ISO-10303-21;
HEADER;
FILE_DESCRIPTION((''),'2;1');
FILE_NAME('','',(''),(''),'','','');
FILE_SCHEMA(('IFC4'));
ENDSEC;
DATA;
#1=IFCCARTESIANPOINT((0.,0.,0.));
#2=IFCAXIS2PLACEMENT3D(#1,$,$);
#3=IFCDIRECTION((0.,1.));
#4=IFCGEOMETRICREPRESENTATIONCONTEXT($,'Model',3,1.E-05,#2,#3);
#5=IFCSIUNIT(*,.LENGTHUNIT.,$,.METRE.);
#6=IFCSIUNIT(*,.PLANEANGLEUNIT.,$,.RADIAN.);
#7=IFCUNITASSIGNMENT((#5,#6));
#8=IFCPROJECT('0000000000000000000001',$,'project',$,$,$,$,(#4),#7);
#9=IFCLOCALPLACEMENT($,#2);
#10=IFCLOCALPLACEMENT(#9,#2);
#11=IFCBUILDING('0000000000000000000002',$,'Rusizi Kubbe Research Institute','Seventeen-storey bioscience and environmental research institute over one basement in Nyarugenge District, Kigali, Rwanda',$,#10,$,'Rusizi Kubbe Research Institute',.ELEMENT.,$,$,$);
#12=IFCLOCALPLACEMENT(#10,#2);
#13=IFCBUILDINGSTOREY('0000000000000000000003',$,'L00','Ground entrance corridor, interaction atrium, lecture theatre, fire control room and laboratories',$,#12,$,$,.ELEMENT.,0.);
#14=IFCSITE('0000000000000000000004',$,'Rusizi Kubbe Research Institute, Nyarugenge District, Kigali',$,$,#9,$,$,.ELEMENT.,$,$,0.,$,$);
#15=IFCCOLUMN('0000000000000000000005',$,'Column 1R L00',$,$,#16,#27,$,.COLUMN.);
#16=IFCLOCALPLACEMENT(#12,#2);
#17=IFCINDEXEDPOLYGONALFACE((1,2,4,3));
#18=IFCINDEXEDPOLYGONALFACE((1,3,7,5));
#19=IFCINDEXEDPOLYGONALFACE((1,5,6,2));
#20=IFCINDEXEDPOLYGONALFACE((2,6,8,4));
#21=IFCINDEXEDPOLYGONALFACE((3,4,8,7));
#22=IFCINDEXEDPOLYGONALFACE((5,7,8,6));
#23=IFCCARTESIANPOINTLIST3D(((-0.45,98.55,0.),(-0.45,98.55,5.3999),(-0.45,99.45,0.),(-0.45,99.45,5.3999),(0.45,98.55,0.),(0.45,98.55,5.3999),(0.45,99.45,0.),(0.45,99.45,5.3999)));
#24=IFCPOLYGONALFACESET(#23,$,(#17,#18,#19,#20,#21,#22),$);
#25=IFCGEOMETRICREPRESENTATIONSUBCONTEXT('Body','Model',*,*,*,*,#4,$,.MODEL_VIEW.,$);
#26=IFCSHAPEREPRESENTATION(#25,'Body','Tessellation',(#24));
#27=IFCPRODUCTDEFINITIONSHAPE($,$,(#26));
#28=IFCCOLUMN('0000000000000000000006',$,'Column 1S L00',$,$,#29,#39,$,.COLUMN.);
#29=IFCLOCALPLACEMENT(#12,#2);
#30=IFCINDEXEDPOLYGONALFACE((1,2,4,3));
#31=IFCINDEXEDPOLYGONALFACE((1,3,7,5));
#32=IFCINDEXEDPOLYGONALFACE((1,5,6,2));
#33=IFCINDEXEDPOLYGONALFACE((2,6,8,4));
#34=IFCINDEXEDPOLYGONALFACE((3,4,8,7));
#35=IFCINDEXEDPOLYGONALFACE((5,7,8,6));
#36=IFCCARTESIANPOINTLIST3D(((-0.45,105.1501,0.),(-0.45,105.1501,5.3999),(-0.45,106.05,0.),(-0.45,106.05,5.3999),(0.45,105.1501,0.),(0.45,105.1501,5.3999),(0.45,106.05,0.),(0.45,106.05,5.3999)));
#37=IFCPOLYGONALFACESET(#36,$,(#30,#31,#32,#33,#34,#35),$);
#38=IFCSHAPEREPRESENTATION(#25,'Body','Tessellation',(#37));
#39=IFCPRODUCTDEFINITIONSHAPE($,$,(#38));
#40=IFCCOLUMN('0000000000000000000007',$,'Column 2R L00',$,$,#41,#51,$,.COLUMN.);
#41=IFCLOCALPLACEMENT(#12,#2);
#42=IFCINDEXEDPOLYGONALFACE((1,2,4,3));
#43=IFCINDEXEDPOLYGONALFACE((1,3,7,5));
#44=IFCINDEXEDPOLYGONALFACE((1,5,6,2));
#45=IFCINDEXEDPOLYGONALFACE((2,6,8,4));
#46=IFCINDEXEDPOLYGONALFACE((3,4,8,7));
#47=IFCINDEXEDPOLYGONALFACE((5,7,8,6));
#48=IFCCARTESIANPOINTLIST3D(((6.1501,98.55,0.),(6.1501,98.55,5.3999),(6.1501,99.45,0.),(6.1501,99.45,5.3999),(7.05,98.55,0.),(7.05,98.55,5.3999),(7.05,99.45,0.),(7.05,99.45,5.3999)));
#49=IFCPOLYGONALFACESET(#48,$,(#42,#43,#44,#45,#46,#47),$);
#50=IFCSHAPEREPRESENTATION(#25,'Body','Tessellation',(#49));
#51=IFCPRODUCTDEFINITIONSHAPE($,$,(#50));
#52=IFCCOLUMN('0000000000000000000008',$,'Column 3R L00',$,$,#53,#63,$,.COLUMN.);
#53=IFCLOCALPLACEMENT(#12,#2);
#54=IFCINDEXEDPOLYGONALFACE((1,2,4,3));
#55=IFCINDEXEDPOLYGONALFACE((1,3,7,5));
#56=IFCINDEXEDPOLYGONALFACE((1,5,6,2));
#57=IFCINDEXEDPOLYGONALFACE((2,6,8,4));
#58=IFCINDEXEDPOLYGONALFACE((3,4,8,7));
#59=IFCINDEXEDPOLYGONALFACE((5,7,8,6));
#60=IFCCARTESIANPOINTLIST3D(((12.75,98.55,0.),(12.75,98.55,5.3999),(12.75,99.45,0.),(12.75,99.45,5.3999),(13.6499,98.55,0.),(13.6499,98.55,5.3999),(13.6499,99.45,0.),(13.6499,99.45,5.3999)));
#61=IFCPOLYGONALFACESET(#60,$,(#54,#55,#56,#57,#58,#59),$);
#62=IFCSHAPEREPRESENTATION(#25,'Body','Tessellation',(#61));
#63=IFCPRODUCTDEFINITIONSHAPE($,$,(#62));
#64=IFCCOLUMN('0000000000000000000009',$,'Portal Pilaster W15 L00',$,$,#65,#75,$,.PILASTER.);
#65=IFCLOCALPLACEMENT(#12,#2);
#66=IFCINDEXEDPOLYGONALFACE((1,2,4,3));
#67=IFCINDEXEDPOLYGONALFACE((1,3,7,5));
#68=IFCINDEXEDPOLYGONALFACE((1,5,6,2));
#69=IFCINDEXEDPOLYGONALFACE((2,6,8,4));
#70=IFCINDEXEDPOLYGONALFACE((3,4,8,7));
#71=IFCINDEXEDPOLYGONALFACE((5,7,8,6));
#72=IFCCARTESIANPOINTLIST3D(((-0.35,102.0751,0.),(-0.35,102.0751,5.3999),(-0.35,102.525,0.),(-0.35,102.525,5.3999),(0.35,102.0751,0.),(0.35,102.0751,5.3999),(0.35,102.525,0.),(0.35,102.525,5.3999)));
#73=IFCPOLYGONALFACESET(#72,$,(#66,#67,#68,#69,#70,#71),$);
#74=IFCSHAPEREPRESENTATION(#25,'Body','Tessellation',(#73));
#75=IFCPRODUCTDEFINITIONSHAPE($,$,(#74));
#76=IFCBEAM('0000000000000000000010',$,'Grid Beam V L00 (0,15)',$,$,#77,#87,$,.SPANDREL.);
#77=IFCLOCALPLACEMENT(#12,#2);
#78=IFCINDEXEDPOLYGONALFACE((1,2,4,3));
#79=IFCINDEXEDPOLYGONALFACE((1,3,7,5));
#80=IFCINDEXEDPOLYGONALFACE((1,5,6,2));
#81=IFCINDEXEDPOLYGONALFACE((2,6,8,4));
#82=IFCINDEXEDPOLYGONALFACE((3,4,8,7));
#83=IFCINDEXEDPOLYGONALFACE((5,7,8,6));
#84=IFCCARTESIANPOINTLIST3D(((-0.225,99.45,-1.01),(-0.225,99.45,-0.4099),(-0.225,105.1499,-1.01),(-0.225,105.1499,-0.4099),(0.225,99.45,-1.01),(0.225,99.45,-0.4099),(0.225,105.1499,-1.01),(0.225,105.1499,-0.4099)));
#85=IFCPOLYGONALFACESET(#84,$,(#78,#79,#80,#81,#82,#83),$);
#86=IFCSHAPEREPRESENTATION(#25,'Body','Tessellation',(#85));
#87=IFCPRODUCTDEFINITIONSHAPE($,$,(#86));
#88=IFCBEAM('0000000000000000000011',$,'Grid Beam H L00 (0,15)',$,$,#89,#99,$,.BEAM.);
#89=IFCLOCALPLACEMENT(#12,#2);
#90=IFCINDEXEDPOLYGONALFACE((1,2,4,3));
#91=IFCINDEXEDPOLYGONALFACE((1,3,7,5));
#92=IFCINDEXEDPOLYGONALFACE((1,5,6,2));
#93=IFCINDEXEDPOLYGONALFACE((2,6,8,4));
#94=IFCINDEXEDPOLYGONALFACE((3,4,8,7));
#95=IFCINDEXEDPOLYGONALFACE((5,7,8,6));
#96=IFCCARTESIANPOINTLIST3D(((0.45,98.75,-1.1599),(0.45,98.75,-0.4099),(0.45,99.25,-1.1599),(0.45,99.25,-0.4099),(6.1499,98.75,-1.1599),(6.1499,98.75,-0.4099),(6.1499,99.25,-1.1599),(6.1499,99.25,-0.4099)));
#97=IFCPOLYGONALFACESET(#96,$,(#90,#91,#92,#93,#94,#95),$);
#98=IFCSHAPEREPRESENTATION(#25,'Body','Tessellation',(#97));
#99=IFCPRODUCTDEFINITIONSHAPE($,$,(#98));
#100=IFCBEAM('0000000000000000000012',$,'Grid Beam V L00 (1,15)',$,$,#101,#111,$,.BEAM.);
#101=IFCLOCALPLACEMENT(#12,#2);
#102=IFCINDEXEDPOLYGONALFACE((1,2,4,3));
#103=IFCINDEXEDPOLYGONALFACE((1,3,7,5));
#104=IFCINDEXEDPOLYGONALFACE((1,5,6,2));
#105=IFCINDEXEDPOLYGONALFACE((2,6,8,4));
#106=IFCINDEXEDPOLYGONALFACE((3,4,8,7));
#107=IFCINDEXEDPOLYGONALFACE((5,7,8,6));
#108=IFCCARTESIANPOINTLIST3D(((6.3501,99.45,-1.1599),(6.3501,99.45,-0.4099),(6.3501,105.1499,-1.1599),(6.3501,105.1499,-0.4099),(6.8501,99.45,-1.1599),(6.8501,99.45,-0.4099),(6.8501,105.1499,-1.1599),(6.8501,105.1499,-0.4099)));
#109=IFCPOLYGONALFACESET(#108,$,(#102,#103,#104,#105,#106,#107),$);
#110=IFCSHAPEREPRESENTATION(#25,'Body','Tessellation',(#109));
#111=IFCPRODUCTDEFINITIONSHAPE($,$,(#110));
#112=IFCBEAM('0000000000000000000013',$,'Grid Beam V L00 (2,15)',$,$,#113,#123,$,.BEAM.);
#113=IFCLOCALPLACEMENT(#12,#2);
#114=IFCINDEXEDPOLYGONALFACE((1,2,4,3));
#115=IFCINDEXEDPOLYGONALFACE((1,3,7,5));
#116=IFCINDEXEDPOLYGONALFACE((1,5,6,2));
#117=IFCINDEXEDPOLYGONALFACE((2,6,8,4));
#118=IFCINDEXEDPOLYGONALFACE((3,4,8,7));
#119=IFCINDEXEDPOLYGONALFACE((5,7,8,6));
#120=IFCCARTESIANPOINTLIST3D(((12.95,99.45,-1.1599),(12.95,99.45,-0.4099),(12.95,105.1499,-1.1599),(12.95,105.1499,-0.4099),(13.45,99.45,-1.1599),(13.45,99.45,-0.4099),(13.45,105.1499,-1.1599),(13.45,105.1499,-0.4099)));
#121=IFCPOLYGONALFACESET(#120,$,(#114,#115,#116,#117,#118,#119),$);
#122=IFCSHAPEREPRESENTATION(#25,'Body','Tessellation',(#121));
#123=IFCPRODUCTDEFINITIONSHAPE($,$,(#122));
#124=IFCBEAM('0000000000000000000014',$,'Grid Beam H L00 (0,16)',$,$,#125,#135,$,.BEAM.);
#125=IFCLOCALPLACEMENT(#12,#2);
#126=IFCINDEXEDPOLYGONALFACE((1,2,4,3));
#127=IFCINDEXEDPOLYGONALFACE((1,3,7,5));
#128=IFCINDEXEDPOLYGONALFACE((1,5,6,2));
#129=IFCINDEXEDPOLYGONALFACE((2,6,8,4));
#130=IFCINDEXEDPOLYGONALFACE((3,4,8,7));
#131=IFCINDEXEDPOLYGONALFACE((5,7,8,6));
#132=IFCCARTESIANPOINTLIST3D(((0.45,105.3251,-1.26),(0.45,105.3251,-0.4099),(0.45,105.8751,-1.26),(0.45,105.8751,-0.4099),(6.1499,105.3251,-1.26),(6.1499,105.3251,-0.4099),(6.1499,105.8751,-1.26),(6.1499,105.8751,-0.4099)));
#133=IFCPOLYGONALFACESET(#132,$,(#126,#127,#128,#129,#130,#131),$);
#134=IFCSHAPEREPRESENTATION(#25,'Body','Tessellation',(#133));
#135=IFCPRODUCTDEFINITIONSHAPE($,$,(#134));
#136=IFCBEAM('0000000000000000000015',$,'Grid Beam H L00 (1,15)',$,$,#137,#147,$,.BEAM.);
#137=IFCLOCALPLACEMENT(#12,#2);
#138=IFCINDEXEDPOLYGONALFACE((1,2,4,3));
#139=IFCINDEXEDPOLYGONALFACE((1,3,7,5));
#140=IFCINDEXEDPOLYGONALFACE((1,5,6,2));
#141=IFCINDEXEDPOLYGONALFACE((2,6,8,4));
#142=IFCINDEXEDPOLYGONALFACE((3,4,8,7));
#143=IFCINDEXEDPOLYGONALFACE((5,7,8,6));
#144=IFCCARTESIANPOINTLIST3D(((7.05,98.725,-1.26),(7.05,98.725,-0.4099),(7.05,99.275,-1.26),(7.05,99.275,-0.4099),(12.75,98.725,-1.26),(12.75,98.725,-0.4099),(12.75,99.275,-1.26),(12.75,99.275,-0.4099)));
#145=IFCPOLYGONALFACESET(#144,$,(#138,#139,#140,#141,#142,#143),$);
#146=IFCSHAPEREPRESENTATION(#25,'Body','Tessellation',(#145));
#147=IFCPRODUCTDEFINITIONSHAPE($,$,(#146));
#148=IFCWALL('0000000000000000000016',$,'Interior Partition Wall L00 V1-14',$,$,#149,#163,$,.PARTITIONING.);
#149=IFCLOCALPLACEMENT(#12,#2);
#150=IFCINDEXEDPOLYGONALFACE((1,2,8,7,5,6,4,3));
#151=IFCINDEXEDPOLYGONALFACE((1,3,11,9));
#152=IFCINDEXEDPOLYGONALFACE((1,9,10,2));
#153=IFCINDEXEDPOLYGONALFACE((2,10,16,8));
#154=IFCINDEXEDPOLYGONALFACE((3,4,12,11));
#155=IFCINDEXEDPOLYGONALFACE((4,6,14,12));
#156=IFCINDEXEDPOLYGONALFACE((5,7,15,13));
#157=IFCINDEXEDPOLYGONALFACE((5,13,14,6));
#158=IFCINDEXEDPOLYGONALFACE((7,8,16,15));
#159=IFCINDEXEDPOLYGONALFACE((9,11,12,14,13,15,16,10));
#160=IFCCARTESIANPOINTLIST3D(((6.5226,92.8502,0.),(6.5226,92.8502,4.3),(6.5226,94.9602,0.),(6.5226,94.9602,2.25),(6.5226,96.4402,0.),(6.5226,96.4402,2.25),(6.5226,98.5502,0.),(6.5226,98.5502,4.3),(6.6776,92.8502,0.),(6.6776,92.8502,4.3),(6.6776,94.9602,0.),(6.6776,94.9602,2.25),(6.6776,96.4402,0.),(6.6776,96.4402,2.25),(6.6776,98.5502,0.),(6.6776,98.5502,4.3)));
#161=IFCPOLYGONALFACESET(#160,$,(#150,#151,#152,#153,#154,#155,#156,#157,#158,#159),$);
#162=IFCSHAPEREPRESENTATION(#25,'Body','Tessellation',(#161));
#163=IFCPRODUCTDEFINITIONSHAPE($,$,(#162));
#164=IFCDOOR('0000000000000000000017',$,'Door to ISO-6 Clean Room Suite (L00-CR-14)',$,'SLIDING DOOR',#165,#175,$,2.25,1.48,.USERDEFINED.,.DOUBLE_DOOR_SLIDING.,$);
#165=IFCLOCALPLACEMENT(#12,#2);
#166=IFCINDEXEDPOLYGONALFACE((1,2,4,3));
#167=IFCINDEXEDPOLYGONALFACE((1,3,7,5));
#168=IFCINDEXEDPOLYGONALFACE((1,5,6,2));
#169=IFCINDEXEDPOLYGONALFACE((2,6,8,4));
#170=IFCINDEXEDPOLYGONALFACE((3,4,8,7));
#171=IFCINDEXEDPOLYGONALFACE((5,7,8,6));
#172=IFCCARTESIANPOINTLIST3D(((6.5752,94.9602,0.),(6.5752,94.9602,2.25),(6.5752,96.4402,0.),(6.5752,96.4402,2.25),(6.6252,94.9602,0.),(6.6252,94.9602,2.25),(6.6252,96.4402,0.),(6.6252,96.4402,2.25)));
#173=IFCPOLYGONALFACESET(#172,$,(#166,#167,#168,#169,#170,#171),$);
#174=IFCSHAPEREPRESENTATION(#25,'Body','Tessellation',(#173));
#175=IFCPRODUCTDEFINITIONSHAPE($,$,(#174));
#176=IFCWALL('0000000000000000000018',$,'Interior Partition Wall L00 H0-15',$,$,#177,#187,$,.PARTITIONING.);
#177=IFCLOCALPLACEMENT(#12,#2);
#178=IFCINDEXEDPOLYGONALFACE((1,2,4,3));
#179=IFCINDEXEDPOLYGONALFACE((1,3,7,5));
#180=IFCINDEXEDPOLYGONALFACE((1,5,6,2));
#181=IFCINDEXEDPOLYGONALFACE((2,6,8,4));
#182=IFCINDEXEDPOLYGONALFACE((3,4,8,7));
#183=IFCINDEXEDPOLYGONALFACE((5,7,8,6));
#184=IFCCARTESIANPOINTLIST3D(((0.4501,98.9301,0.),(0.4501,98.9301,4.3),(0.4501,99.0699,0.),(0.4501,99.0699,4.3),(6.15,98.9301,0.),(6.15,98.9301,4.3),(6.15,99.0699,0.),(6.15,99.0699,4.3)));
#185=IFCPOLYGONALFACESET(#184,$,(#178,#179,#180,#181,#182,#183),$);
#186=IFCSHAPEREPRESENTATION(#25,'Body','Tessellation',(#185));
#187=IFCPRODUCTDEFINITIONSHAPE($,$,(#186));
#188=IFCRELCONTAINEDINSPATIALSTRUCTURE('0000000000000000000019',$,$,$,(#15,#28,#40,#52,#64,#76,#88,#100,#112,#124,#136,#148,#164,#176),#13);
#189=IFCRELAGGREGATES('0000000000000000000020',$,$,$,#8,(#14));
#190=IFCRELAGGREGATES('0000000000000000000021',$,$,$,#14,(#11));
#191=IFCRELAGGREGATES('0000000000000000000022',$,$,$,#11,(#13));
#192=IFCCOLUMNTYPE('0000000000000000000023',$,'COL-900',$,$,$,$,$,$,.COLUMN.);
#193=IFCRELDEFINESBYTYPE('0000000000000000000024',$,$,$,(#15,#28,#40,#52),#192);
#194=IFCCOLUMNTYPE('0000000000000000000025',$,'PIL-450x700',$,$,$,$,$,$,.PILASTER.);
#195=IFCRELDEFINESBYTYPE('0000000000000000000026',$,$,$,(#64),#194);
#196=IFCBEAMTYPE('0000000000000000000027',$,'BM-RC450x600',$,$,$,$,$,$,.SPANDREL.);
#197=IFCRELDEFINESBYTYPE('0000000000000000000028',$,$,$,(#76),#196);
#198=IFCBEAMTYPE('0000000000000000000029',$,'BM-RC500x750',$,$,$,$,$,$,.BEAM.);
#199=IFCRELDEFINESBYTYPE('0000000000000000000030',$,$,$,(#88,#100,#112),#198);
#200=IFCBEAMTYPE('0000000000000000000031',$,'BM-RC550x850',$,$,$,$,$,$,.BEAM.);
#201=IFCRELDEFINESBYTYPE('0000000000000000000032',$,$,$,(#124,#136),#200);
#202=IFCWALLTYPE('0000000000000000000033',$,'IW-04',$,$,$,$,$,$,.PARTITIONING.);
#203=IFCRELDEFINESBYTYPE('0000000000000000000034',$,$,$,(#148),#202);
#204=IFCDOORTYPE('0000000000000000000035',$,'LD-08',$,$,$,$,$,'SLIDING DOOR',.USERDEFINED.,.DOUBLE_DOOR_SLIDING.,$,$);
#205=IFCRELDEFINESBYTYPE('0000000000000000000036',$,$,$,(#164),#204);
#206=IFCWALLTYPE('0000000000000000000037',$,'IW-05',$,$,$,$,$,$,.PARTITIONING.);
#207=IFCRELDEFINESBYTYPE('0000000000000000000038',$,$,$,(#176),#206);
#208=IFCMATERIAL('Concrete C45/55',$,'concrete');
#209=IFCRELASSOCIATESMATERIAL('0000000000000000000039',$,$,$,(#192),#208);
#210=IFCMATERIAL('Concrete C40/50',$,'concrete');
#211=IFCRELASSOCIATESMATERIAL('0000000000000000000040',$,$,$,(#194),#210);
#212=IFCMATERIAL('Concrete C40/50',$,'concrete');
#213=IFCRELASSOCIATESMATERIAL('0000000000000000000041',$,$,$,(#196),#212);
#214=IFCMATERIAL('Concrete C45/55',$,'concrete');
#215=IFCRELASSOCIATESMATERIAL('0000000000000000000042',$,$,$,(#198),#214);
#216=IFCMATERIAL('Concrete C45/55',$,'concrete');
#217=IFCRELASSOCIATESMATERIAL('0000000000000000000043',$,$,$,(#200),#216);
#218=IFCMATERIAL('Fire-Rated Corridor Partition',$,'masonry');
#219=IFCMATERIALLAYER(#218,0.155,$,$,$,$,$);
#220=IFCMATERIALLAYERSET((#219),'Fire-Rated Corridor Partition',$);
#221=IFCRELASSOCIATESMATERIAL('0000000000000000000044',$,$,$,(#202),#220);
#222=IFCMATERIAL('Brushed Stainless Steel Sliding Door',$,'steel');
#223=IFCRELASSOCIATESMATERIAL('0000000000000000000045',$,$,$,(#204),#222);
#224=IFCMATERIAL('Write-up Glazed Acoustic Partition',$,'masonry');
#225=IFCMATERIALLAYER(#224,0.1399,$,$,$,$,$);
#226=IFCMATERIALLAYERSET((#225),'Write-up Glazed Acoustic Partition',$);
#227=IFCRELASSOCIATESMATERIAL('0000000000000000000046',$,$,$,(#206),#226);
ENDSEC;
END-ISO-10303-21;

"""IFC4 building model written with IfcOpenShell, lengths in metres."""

from ifc_helpers import new_model, si_unit, direction, frame, frame_2d, origin, origin_2d, place, context, subcontext, project, spatial, rectangle, extrude, material, layer, layer_set, material_profile, profile_set, type_object, element, fill, save


model = new_model("IFC4")

# Units and contexts
model_context = context("Model", 3, precision=1e-05, world=origin(), true_north=direction((0.0, 1.0)))
body_context = subcontext(model_context, "Body", "Model", "MODEL_VIEW")
ifc_project = project(units=[si_unit("LENGTHUNIT", "METRE"), si_unit("PLANEANGLEUNIT", "RADIAN")], contexts=[model_context])

# Site, building, storey
site_placement = place(None, origin())
site = spatial("IfcSite", under=ifc_project, at=site_placement, Name="Rusizi Kubbe Research Institute, Nyarugenge District, Kigali", CompositionType="ELEMENT", RefElevation=0.0)
building_placement = place(site_placement, origin())
building = spatial("IfcBuilding", under=site, at=building_placement, Name="Rusizi Kubbe Research Institute", Description="Seventeen-storey bioscience and environmental research institute over one basement in Nyarugenge District, Kigali, Rwanda", LongName="Rusizi Kubbe Research Institute", CompositionType="ELEMENT")
storey_placement = place(building_placement, origin())
storey = spatial("IfcBuildingStorey", under=building, at=storey_placement, Name="L00", Description="Ground entrance corridor, interaction atrium, lecture theatre, fire control room and laboratories", CompositionType="ELEMENT", Elevation=0.0)

# Columns
ifc_material_1 = material(Name="Concrete C45/55", Category="concrete")
ifc_material_profile_1 = material_profile(ifc_material_1, rectangle(XDim=0.8999, YDim=0.8999, at=origin_2d()), Name="RC900x900")
ifc_profile_set_1 = profile_set([ifc_material_profile_1], Name="Concrete C45/55")
column_type_1 = type_object("IfcColumnType", Name="COL-900", PredefinedType="COLUMN", material=ifc_profile_set_1)
for number, where, z_axis, x_axis, name in (
    (1, (0.0, 99.0, 0.0), (0.0, 0.0, 1.0), (1.0, 0.0, 0.0), "Column 1R L00"),
    (2, (0.0, 105.6001, 0.0), (0.0, 0.0, 1.0), (1.0, 0.0, 0.0), "Column 1S L00"),
    (3, (6.6001, 99.0, 0.0), (0.0, 0.0, 1.0), (1.0, 0.0, 0.0), "Column 2R L00"),
    (4, (13.2, 99.0, 0.0), (0.0, 0.0, 1.0), (1.0, 0.0, 0.0), "Column 3R L00"),
):
    element("IfcColumn", number, at=place(storey_placement, frame(where, z_axis=z_axis, x_axis=x_axis)), inside=storey, type_object=column_type_1, Name=name, PredefinedType="COLUMN", context=body_context, shape_type="SweptSolid", body=[
        extrude(rectangle(XDim=0.8999, YDim=0.8999, at=origin_2d()), origin(), (0.0, 0.0, 1.0), 5.3999),
    ])
ifc_material_2 = material(Name="Concrete C40/50", Category="concrete")
ifc_material_profile_2 = material_profile(ifc_material_2, rectangle(XDim=0.45, YDim=0.7, at=origin_2d()), Name="RC450x700")
ifc_profile_set_2 = profile_set([ifc_material_profile_2], Name="Concrete C40/50")
column_type_2 = type_object("IfcColumnType", Name="PIL-450x700", PredefinedType="PILASTER", material=ifc_profile_set_2)
column_placement = place(storey_placement, frame((0.0, 102.3, 0.0), z_axis=(0.0, 0.0, 1.0), x_axis=(0.0, 1.0, 0.0)))
element("IfcColumn", 5, at=column_placement, inside=storey, type_object=column_type_2, Name="Portal Pilaster W15 L00", PredefinedType="PILASTER", context=body_context, shape_type="SweptSolid", body=[
    extrude(rectangle(XDim=0.45, YDim=0.7, at=origin_2d()), origin(), (0.0, 0.0, 1.0), 5.3999),
])

# Beams
ifc_material_3 = material(Name="Concrete C40/50", Category="concrete")
ifc_material_profile_3 = material_profile(ifc_material_3, rectangle(XDim=0.45, YDim=0.6001, at=origin_2d()), Name="RC450x600")
ifc_profile_set_3 = profile_set([ifc_material_profile_3], Name="Concrete C40/50")
beam_type_1 = type_object("IfcBeamType", Name="BM-RC450x600", PredefinedType="SPANDREL", material=ifc_profile_set_3)
beam_placement = place(storey_placement, frame((0.0, 99.45, -0.71), z_axis=(0.0, 1.0, 0.0), x_axis=(-1.0, 0.0, 0.0)))
element("IfcBeam", 6, at=beam_placement, inside=storey, type_object=beam_type_1, Name="Grid Beam V L00 (0,15)", PredefinedType="SPANDREL", context=body_context, shape_type="SweptSolid", body=[
    extrude(rectangle(XDim=0.45, YDim=0.6001, at=origin_2d()), origin(), (0.0, 0.0, 1.0), 5.7),
])
ifc_material_4 = material(Name="Concrete C45/55", Category="concrete")
ifc_material_profile_4 = material_profile(ifc_material_4, rectangle(XDim=0.5, YDim=0.75, at=origin_2d()), Name="RC500x750B")
ifc_profile_set_4 = profile_set([ifc_material_profile_4], Name="Concrete C45/55")
beam_type_2 = type_object("IfcBeamType", Name="BM-RC500x750", PredefinedType="BEAM", material=ifc_profile_set_4)
for number, where, z_axis, x_axis, name in (
    (7, (0.45, 99.0, -0.7849), (1.0, 0.0, 0.0), (0.0, 1.0, 0.0), "Grid Beam H L00 (0,15)"),
    (8, (6.6001, 99.45, -0.7849), (0.0, 1.0, 0.0), (-1.0, 0.0, 0.0), "Grid Beam V L00 (1,15)"),
    (9, (13.2, 99.45, -0.7849), (0.0, 1.0, 0.0), (-1.0, 0.0, 0.0), "Grid Beam V L00 (2,15)"),
):
    element("IfcBeam", number, at=place(storey_placement, frame(where, z_axis=z_axis, x_axis=x_axis)), inside=storey, type_object=beam_type_2, Name=name, PredefinedType="BEAM", context=body_context, shape_type="SweptSolid", body=[
        extrude(rectangle(XDim=0.5, YDim=0.75, at=origin_2d()), origin(), (0.0, 0.0, 1.0), 5.7),
    ])
ifc_material_5 = material(Name="Concrete C45/55", Category="concrete")
ifc_material_profile_5 = material_profile(ifc_material_5, rectangle(XDim=0.55, YDim=0.8501, at=origin_2d()), Name="RC550x850")
ifc_profile_set_5 = profile_set([ifc_material_profile_5], Name="Concrete C45/55")
beam_type_3 = type_object("IfcBeamType", Name="BM-RC550x850", PredefinedType="BEAM", material=ifc_profile_set_5)
for number, where, z_axis, x_axis, name in (
    (10, (0.45, 105.6001, -0.835), (1.0, 0.0, 0.0), (0.0, 1.0, 0.0), "Grid Beam H L00 (0,16)"),
    (11, (7.05, 99.0, -0.835), (1.0, 0.0, 0.0), (0.0, 1.0, 0.0), "Grid Beam H L00 (1,15)"),
):
    element("IfcBeam", number, at=place(storey_placement, frame(where, z_axis=z_axis, x_axis=x_axis)), inside=storey, type_object=beam_type_3, Name=name, PredefinedType="BEAM", context=body_context, shape_type="SweptSolid", body=[
        extrude(rectangle(XDim=0.55, YDim=0.8501, at=origin_2d()), origin(), (0.0, 0.0, 1.0), 5.7),
    ])

# Wall, opening, door
ifc_material_6 = material(Name="Fire-Rated Corridor Partition", Category="masonry")
ifc_layer_1 = layer(ifc_material_6, 0.155)
ifc_layer_set_1 = layer_set([ifc_layer_1], Name="Fire-Rated Corridor Partition")
wall_type_1 = type_object("IfcWallType", Name="IW-04", PredefinedType="PARTITIONING", material=ifc_layer_set_1)
wall_1_placement = place(storey_placement, frame((6.6001, 92.8501, 0.0), z_axis=(0.0, 0.0, 1.0), x_axis=(0.0, 1.0, 0.0)))
wall_1 = element("IfcWall", 12, at=wall_1_placement, inside=storey, type_object=wall_type_1, Name="Interior Partition Wall L00 V1-14", PredefinedType="PARTITIONING", context=body_context, shape_type="SweptSolid", body=[
    extrude(rectangle(XDim=5.7, YDim=0.155, at=frame_2d((2.8501, 0.0))), origin(), (0.0, 0.0, 1.0), 4.3),
])
opening_1_placement = place(wall_1_placement, frame((2.1101, 0.0, 0.0)))
opening_1 = element("IfcOpeningElement", 13, at=opening_1_placement, cuts=wall_1, PredefinedType="OPENING", context=body_context, shape_type="SweptSolid", body=[
    extrude(rectangle(XDim=1.48, YDim=2.25, at=frame_2d((0.74, 1.125))), frame((0.0, 0.0874, 0.0), z_axis=(0.0, -1.0, 0.0), x_axis=(1.0, 0.0, 0.0)), (0.0, 0.0, 1.0), 0.175),
])
ifc_material_7 = material(Name="Brushed Stainless Steel Sliding Door", Category="steel")
door_type_1 = type_object("IfcDoorType", Name="LD-08", ElementType="SLIDING DOOR", OperationType="DOUBLE_DOOR_SLIDING", PredefinedType="USERDEFINED", material=ifc_material_7)
door_1_placement = place(opening_1_placement, origin())
door_1 = element("IfcDoor", 14, at=door_1_placement, inside=storey, type_object=door_type_1, Name="Door to ISO-6 Clean Room Suite (L00-CR-14)", ObjectType="SLIDING DOOR", OperationType="DOUBLE_DOOR_SLIDING", OverallHeight=2.25, OverallWidth=1.48, PredefinedType="USERDEFINED", context=body_context, shape_type="SweptSolid", body=[
    extrude(rectangle(XDim=1.48, YDim=2.25, at=frame_2d((0.74, 1.125))), frame((0.0, 0.0249, 0.0), z_axis=(0.0, -1.0, 0.0), x_axis=(1.0, 0.0, 0.0)), (0.0, 0.0, 1.0), 0.05),
])
fill(opening_1, door_1)

# Wall
ifc_material_8 = material(Name="Write-up Glazed Acoustic Partition", Category="masonry")
ifc_layer_2 = layer(ifc_material_8, 0.1399)
ifc_layer_set_2 = layer_set([ifc_layer_2], Name="Write-up Glazed Acoustic Partition")
wall_type_2 = type_object("IfcWallType", Name="IW-05", PredefinedType="PARTITIONING", material=ifc_layer_set_2)
wall_2_placement = place(storey_placement, frame((0.45, 99.0, 0.0), z_axis=(0.0, 0.0, 1.0), x_axis=(1.0, 0.0, 0.0)))
element("IfcWall", 15, at=wall_2_placement, inside=storey, type_object=wall_type_2, Name="Interior Partition Wall L00 H0-15", PredefinedType="PARTITIONING", context=body_context, shape_type="SweptSolid", body=[
    extrude(rectangle(XDim=5.7, YDim=0.1399, at=frame_2d((2.8501, 0.0))), origin(), (0.0, 0.0, 1.0), 4.3),
])

save(model, "model.ifc")
